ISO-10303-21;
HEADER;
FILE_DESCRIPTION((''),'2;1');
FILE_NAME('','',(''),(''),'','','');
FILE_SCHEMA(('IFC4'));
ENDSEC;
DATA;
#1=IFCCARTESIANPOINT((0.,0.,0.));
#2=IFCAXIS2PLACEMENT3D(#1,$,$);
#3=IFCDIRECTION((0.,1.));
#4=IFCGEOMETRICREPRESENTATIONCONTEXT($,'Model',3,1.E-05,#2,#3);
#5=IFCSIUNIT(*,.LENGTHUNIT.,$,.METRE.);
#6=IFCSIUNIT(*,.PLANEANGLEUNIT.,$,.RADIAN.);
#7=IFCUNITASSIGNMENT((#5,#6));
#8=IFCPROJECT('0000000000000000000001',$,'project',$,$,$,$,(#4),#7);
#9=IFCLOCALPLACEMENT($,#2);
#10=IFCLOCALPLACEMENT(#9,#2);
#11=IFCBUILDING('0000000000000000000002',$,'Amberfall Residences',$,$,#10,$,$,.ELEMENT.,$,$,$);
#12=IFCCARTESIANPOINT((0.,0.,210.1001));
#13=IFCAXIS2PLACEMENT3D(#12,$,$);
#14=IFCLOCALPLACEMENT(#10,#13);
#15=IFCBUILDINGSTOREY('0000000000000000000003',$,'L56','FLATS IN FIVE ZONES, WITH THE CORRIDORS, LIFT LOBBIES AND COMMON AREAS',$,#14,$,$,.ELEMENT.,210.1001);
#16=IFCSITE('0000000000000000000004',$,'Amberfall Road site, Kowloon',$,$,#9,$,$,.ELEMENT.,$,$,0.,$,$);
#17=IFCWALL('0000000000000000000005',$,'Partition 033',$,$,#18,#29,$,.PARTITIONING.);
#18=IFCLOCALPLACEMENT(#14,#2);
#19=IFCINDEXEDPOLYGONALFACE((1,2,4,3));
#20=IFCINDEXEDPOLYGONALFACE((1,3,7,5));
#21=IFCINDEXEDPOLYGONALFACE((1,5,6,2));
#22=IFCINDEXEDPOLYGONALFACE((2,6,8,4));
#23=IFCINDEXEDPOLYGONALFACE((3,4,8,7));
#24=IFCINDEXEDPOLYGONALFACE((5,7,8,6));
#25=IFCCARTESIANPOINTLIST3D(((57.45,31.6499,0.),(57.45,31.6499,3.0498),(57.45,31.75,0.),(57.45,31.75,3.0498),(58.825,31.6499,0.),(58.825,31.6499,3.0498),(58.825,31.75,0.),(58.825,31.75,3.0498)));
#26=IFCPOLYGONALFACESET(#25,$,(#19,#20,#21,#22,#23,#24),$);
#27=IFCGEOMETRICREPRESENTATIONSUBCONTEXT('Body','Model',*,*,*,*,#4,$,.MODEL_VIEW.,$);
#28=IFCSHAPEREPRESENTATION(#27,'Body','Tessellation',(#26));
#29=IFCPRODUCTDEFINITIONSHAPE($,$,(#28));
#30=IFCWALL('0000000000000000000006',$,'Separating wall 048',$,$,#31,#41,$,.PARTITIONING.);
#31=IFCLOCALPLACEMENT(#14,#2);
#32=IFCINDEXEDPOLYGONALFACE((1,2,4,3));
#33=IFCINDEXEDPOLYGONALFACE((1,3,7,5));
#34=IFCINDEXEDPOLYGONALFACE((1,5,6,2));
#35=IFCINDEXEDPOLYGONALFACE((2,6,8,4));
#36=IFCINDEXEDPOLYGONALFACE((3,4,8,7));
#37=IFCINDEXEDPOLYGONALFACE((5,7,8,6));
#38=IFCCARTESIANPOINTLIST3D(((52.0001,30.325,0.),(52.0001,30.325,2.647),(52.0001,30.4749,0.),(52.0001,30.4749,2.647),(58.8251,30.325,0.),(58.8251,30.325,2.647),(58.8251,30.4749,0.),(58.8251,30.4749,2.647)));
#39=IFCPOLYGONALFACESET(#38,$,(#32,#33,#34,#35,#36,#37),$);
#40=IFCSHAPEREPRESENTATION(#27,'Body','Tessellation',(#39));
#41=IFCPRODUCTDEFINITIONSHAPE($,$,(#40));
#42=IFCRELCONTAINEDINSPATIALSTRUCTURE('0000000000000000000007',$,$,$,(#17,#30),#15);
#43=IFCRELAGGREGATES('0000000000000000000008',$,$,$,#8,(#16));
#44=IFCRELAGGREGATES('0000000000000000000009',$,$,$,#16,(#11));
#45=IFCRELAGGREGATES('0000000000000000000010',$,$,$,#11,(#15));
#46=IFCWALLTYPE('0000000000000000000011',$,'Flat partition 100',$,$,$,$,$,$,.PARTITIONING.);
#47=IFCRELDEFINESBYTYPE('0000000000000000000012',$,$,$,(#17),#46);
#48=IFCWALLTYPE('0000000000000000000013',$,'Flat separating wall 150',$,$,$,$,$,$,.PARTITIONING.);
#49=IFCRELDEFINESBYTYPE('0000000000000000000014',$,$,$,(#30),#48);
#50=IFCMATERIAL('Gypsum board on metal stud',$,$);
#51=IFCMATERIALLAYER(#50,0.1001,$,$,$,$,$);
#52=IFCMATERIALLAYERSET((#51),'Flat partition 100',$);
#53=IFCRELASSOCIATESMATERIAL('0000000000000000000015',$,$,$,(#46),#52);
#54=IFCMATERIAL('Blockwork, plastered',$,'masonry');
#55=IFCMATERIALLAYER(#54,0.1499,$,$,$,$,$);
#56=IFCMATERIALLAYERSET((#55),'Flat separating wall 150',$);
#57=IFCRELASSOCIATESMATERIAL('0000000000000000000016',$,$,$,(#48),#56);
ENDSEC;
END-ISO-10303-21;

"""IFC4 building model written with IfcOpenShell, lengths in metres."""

from ifc_helpers import new_model, si_unit, direction, frame, frame_2d, origin, place, context, subcontext, project, spatial, rectangle, extrude, material, layer, layer_set, type_object, element, save


model = new_model("IFC4")

# Units and contexts
model_context = context("Model", 3, precision=1e-05, world=origin(), true_north=direction((0.0, 1.0)))
body_context = subcontext(model_context, "Body", "Model", "MODEL_VIEW")
ifc_project = project(units=[si_unit("LENGTHUNIT", "METRE"), si_unit("PLANEANGLEUNIT", "RADIAN")], contexts=[model_context])

# Site, building, storey
site_placement = place(None, origin())
site = spatial("IfcSite", under=ifc_project, at=site_placement, Name="Amberfall Road site, Kowloon", CompositionType="ELEMENT", RefElevation=0.0)
building_placement = place(site_placement, origin())
building = spatial("IfcBuilding", under=site, at=building_placement, Name="Amberfall Residences", CompositionType="ELEMENT")
storey_placement = place(building_placement, frame((0.0, 0.0, 210.1001)))
storey = spatial("IfcBuildingStorey", under=building, at=storey_placement, Name="L56", Description="FLATS IN FIVE ZONES, WITH THE CORRIDORS, LIFT LOBBIES AND COMMON AREAS", CompositionType="ELEMENT", Elevation=210.1001)

# Shared definitions
ifc_material_1 = material(Name="Gypsum board on metal stud")
ifc_layer_1 = layer(ifc_material_1, 0.1001)
ifc_layer_set_1 = layer_set([ifc_layer_1], Name="Flat partition 100")
wall_type_1 = type_object("IfcWallType", Name="Flat partition 100", PredefinedType="PARTITIONING", material=ifc_layer_set_1)

# Walls
wall_1_placement = place(storey_placement, frame((57.45, 31.7, 0.0), z_axis=(0.0, 0.0, 1.0), x_axis=(1.0, 0.0, 0.0)))
element("IfcWall", 1, at=wall_1_placement, inside=storey, type_object=wall_type_1, Name="Partition 033", PredefinedType="PARTITIONING", context=body_context, shape_type="SweptSolid", body=[
    extrude(rectangle(XDim=1.375, YDim=0.1001, at=frame_2d((0.6875, 0.0))), origin(), (0.0, 0.0, 1.0), 3.0498),
])
ifc_material_2 = material(Name="Blockwork, plastered", Category="masonry")
ifc_layer_2 = layer(ifc_material_2, 0.1499)
ifc_layer_set_2 = layer_set([ifc_layer_2], Name="Flat separating wall 150")
wall_type_2 = type_object("IfcWallType", Name="Flat separating wall 150", PredefinedType="PARTITIONING", material=ifc_layer_set_2)
wall_2_placement = place(storey_placement, frame((52.0, 30.3999, 0.0), z_axis=(0.0, 0.0, 1.0), x_axis=(1.0, 0.0, 0.0)))
element("IfcWall", 2, at=wall_2_placement, inside=storey, type_object=wall_type_2, Name="Separating wall 048", PredefinedType="PARTITIONING", context=body_context, shape_type="SweptSolid", body=[
    extrude(rectangle(XDim=6.825, YDim=0.1499, at=frame_2d((3.4126, 0.0))), origin(), (0.0, 0.0, 1.0), 2.647),
])

save(model, "model.ifc")
